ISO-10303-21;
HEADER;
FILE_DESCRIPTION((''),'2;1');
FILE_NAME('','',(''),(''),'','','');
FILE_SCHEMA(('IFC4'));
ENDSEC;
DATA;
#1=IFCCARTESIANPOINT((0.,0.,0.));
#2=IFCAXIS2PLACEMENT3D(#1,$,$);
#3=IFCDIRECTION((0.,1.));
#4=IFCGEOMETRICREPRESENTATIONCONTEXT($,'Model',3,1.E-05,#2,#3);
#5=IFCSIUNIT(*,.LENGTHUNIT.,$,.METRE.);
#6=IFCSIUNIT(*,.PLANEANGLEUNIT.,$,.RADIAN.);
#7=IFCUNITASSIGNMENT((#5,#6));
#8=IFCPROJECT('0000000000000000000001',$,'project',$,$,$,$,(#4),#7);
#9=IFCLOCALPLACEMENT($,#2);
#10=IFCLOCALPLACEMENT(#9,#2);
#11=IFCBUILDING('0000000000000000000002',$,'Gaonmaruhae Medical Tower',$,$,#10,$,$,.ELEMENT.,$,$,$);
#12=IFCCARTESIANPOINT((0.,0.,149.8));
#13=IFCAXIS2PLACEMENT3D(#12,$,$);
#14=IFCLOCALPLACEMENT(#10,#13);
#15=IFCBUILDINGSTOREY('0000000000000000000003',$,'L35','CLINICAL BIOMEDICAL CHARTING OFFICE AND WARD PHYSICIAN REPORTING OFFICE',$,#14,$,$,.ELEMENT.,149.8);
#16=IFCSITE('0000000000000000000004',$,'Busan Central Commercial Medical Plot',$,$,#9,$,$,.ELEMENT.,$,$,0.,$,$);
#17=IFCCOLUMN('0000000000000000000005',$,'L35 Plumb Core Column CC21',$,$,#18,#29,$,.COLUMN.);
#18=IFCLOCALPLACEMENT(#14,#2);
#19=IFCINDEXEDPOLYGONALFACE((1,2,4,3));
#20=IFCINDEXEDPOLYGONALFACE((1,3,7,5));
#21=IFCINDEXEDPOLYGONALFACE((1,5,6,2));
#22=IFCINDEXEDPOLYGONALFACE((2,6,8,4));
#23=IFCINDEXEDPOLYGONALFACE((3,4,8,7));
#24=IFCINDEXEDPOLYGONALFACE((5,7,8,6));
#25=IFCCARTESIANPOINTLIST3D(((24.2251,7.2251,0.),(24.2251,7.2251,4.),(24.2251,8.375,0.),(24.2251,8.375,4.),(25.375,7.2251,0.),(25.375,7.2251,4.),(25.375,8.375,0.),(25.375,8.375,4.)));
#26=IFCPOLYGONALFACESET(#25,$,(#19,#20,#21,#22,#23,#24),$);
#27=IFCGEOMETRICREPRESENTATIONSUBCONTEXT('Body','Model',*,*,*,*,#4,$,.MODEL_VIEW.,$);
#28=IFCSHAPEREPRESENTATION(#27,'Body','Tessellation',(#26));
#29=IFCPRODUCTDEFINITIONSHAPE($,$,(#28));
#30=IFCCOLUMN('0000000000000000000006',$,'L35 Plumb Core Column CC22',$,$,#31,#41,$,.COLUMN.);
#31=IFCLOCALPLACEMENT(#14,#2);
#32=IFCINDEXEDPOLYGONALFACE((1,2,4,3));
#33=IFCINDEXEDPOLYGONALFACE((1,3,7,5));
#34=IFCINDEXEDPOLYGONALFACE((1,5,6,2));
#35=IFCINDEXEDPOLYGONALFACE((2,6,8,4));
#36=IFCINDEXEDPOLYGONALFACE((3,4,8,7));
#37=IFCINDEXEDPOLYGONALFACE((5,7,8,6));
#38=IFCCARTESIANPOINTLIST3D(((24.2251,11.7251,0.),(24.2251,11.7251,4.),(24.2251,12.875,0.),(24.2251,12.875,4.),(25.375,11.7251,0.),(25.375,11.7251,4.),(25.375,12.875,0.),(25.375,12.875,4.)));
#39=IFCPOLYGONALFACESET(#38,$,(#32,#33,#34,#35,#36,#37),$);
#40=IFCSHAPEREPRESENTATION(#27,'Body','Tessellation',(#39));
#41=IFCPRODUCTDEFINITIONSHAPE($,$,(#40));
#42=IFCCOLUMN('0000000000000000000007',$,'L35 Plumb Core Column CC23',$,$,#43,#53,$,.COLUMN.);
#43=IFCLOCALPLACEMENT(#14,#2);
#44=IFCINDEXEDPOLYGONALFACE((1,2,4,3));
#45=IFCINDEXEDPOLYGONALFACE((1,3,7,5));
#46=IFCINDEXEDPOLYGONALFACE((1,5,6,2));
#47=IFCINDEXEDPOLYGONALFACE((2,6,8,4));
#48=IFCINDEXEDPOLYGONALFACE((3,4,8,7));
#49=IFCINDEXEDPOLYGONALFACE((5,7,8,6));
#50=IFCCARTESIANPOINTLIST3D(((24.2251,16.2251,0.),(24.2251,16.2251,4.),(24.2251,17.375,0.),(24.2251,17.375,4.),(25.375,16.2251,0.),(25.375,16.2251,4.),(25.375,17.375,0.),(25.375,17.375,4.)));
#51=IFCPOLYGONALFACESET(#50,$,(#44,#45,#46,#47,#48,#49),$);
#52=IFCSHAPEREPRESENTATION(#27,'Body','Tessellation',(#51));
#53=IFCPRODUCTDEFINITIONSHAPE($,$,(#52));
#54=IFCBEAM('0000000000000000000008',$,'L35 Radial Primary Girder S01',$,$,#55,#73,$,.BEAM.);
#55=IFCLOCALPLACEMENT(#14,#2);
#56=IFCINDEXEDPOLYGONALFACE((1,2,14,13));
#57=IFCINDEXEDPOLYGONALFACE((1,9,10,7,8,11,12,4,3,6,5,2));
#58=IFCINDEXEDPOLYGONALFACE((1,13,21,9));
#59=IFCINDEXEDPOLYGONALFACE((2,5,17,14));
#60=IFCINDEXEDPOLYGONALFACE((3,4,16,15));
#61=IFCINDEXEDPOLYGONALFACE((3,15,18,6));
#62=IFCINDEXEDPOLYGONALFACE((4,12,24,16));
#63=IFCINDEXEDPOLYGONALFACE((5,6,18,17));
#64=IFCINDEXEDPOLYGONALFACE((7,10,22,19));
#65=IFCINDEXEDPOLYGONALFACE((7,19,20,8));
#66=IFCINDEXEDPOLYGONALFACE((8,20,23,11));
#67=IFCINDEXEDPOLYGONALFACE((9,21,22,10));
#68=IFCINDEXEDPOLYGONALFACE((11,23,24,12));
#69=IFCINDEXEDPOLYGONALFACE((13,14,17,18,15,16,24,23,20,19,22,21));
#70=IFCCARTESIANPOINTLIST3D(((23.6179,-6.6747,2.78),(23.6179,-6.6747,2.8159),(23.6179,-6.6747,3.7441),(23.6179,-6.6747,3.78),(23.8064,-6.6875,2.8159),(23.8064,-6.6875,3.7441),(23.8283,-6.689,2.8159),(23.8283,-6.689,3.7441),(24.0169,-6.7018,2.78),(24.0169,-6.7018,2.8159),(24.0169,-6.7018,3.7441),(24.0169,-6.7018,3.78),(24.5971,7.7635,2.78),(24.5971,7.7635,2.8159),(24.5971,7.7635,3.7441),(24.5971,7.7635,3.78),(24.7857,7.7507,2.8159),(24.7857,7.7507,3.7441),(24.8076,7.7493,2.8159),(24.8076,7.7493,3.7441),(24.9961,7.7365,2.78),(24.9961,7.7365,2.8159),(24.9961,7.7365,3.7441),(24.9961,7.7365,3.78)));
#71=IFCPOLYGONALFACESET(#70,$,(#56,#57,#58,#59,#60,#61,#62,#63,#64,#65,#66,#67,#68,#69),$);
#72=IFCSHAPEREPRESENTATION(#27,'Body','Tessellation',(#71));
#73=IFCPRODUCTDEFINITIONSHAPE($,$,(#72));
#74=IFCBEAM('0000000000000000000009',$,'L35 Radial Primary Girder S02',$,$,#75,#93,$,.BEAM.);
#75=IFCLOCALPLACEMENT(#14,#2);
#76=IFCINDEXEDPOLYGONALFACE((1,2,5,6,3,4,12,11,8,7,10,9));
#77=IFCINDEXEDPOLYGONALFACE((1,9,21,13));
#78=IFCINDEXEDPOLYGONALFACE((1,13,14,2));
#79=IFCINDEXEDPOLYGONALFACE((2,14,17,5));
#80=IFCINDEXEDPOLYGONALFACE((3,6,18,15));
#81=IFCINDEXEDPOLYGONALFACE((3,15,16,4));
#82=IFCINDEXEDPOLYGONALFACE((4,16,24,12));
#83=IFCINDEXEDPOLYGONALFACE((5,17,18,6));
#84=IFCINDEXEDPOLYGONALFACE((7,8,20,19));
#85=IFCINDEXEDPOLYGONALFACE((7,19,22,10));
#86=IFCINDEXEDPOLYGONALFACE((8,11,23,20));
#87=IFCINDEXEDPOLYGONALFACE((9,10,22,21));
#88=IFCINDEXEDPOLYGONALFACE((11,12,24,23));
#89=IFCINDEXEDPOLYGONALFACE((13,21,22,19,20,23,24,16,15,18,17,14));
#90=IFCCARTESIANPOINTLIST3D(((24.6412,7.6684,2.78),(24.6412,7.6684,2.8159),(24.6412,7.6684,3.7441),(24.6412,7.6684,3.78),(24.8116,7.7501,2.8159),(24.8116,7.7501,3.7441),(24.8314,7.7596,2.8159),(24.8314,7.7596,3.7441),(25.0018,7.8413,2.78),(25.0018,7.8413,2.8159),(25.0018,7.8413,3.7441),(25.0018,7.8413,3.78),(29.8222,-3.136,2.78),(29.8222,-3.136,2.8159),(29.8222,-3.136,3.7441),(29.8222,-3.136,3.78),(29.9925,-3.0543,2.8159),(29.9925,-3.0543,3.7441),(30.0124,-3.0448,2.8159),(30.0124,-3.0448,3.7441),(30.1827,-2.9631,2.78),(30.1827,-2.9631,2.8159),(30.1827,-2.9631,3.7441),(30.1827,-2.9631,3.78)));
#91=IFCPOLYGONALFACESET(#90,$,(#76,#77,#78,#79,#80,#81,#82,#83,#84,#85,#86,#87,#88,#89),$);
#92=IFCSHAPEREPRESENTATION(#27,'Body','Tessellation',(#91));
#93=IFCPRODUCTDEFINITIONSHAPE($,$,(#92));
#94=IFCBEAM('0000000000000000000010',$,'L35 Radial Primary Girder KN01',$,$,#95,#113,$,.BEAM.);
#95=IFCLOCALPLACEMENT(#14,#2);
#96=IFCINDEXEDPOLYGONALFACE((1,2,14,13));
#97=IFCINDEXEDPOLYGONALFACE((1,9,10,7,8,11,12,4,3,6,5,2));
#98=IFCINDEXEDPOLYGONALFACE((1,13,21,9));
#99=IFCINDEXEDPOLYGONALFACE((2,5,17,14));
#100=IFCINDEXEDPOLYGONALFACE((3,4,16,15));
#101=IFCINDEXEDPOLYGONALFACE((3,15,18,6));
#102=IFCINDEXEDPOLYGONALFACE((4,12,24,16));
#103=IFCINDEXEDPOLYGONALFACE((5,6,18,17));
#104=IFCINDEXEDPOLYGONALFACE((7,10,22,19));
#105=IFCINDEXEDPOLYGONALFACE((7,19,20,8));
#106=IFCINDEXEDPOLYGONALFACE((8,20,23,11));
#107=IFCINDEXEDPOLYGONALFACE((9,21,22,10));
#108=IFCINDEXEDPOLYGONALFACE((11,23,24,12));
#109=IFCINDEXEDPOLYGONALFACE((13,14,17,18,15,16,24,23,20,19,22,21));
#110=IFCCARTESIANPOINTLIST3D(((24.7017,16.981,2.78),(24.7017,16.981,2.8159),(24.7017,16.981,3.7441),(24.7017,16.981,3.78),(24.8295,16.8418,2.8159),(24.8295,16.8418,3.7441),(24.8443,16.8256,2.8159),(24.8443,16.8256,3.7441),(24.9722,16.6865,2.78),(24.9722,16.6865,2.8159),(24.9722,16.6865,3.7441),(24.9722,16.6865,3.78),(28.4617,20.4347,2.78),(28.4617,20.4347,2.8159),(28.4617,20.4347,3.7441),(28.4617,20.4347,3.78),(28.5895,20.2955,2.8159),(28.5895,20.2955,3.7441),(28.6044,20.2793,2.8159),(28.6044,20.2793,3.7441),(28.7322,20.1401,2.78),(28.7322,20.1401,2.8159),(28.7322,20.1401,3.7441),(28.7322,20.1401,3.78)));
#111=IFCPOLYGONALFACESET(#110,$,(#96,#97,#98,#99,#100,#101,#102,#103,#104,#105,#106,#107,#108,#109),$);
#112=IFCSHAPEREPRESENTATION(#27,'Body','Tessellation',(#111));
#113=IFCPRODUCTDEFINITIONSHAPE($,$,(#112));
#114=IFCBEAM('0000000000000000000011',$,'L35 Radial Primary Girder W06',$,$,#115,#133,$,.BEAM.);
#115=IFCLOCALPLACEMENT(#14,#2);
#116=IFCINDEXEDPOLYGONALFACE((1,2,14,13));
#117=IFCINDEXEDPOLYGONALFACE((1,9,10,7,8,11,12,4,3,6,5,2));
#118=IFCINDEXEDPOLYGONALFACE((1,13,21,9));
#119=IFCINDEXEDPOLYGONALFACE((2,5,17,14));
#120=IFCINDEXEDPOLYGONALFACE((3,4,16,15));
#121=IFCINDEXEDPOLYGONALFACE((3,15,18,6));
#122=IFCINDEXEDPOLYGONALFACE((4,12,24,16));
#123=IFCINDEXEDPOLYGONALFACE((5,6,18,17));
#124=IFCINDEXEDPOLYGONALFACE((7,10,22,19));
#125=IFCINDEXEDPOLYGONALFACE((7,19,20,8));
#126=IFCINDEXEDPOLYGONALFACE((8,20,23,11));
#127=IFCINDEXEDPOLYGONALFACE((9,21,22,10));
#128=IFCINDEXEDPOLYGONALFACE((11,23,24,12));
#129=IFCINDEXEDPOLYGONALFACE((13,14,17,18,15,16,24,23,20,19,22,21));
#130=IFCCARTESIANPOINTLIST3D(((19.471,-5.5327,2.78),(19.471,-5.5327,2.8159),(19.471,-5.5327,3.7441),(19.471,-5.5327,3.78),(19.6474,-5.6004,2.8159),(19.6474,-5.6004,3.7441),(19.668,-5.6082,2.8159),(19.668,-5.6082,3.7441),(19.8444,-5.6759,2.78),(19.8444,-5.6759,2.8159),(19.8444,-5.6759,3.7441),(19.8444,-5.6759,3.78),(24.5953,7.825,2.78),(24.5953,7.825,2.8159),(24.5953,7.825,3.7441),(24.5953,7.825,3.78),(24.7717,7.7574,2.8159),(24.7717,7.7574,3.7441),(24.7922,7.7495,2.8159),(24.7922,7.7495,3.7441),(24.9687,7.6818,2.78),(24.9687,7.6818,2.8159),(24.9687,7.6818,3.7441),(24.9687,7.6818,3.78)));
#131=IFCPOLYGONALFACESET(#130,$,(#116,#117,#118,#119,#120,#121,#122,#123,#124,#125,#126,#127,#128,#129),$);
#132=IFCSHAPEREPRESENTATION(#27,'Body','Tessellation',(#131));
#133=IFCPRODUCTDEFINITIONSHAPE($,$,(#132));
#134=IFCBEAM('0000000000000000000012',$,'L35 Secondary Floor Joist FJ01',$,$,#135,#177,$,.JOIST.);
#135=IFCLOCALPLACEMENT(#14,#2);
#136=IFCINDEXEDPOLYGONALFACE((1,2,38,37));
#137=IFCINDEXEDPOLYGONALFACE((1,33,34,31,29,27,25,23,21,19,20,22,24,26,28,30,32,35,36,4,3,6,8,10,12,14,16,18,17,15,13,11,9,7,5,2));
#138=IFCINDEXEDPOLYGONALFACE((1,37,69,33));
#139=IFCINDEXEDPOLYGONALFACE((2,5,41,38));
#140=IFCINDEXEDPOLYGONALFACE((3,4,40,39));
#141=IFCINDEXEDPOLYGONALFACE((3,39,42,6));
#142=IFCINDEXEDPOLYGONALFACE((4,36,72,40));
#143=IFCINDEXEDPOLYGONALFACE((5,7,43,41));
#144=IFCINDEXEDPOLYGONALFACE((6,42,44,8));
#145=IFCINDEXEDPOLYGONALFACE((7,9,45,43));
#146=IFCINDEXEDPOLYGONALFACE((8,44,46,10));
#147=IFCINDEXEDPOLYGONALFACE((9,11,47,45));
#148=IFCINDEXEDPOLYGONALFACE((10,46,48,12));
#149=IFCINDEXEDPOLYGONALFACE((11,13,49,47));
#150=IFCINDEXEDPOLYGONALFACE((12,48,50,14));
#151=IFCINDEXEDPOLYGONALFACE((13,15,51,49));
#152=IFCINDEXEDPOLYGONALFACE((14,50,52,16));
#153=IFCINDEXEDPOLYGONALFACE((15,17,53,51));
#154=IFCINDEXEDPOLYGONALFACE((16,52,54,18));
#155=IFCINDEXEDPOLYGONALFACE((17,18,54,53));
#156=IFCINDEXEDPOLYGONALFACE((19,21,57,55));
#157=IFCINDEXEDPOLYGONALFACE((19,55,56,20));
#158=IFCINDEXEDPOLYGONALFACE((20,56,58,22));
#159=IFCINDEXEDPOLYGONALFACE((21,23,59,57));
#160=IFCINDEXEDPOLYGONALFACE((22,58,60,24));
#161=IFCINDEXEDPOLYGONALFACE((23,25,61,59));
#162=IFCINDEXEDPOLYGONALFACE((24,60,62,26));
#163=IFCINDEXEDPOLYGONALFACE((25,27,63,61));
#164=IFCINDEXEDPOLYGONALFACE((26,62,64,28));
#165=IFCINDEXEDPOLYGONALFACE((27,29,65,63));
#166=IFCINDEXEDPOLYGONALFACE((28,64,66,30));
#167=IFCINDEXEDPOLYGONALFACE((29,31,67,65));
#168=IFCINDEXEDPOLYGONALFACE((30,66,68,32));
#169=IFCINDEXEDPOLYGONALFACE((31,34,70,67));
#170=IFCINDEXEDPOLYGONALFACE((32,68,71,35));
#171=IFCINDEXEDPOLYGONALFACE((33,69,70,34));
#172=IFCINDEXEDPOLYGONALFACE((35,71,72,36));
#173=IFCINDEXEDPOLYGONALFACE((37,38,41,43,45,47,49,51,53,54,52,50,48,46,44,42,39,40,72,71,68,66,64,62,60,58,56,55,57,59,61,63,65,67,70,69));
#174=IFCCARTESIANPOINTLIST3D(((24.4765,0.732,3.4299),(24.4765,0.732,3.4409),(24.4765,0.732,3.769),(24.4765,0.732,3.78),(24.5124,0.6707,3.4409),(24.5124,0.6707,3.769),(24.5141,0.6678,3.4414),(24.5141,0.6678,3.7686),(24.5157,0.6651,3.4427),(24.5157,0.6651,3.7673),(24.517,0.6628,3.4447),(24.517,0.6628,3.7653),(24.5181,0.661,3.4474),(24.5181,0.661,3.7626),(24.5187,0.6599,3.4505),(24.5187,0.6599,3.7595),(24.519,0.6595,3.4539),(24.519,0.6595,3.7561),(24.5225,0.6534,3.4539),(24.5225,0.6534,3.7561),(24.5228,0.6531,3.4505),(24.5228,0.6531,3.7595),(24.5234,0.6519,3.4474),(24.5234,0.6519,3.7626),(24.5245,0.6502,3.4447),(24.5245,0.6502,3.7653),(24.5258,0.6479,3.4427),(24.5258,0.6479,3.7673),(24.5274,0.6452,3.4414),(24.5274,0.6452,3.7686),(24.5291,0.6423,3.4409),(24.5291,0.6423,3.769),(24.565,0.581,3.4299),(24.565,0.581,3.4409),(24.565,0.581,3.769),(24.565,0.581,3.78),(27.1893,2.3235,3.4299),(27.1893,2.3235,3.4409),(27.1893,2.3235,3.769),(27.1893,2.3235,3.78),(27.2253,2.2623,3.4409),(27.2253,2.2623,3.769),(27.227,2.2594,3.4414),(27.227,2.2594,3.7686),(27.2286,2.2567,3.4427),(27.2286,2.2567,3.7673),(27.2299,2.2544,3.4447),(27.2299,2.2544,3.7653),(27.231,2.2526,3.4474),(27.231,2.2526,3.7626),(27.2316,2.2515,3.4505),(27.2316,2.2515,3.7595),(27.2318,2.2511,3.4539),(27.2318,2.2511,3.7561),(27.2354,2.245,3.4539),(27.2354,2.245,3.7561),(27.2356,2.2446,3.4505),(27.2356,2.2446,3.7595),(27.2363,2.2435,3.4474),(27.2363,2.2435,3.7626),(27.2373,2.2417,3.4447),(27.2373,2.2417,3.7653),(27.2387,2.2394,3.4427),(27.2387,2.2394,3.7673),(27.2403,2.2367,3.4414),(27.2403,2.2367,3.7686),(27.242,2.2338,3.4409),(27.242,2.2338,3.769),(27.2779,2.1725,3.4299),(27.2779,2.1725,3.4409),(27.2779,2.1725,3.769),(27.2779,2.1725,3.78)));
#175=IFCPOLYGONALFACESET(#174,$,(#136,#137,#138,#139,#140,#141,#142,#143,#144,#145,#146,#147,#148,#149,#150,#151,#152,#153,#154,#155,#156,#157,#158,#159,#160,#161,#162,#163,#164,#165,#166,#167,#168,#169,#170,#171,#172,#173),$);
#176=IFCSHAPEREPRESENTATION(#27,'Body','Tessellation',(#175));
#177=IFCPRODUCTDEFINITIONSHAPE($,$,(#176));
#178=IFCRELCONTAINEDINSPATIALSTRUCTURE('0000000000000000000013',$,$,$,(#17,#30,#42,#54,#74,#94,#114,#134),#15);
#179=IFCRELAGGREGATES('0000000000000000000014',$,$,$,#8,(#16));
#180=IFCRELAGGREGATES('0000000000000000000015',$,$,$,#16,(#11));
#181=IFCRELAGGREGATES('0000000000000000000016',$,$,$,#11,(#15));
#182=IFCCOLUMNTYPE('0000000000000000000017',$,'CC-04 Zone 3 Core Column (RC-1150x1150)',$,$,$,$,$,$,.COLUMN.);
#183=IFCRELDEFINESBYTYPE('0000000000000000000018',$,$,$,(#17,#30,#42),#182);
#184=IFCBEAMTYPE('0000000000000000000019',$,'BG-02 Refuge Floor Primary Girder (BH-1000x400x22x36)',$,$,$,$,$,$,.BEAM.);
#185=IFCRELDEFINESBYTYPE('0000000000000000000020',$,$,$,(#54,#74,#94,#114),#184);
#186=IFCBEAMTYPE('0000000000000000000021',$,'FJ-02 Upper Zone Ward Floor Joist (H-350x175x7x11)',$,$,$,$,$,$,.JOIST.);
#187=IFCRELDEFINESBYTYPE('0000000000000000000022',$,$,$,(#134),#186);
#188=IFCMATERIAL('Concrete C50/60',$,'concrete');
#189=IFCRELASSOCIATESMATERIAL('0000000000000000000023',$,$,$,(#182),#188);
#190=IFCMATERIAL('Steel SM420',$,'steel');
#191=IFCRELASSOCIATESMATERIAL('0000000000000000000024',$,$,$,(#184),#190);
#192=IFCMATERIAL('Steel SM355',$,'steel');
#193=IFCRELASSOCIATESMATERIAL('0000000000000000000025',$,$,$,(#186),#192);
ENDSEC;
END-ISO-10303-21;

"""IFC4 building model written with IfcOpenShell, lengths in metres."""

from ifc_helpers import new_model, si_unit, direction, frame, origin, origin_2d, place, context, subcontext, project, spatial, rectangle, i_section, extrude, material, material_profile, profile_set, type_object, element, save


model = new_model("IFC4")

# Units and contexts
model_context = context("Model", 3, precision=1e-05, world=origin(), true_north=direction((0.0, 1.0)))
body_context = subcontext(model_context, "Body", "Model", "MODEL_VIEW")
ifc_project = project(units=[si_unit("LENGTHUNIT", "METRE"), si_unit("PLANEANGLEUNIT", "RADIAN")], contexts=[model_context])

# Site, building, storey
site_placement = place(None, origin())
site = spatial("IfcSite", under=ifc_project, at=site_placement, Name="Busan Central Commercial Medical Plot", CompositionType="ELEMENT", RefElevation=0.0)
building_placement = place(site_placement, origin())
building = spatial("IfcBuilding", under=site, at=building_placement, Name="Gaonmaruhae Medical Tower", CompositionType="ELEMENT")
storey_placement = place(building_placement, frame((0.0, 0.0, 149.8)))
storey = spatial("IfcBuildingStorey", under=building, at=storey_placement, Name="L35", Description="CLINICAL BIOMEDICAL CHARTING OFFICE AND WARD PHYSICIAN REPORTING OFFICE", CompositionType="ELEMENT", Elevation=149.8)

# Columns
ifc_material_1 = material(Name="Concrete C50/60", Category="concrete")
ifc_material_profile_1 = material_profile(ifc_material_1, rectangle(XDim=1.1499, YDim=1.1499, at=origin_2d()), Name="RC-1150x1150")
ifc_profile_set_1 = profile_set([ifc_material_profile_1], Name="Concrete C50/60")
column_type = type_object("IfcColumnType", Name="CC-04 Zone 3 Core Column (RC-1150x1150)", PredefinedType="COLUMN", material=ifc_profile_set_1)
for number, where, z_axis, x_axis, name in (
    (1, (24.8, 7.8, 0.0), (0.0, 0.0, 1.0), (1.0, 0.0, 0.0), "L35 Plumb Core Column CC21"),
    (2, (24.8, 12.3, 0.0), (0.0, 0.0, 1.0), (1.0, 0.0, 0.0), "L35 Plumb Core Column CC22"),
    (3, (24.8, 16.8, 0.0), (0.0, 0.0, 1.0), (1.0, 0.0, 0.0), "L35 Plumb Core Column CC23"),
):
    element("IfcColumn", number, at=place(storey_placement, frame(where, z_axis=z_axis, x_axis=x_axis)), inside=storey, type_object=column_type, Name=name, PredefinedType="COLUMN", context=body_context, shape_type="SweptSolid", body=[
        extrude(rectangle(XDim=1.1499, YDim=1.1499, at=origin_2d()), origin(), (0.0, 0.0, 1.0), 4.0),
    ])

# Beams
ifc_material_2 = material(Name="Steel SM420", Category="steel")
ifc_material_profile_2 = material_profile(ifc_material_2, i_section(OverallWidth=0.3999, OverallDepth=1.0, WebThickness=0.022, FlangeThickness=0.0359, at=origin_2d()), Name="BH-1000x400x22x36")
ifc_profile_set_2 = profile_set([ifc_material_profile_2], Name="Steel SM420")
beam_type_1 = type_object("IfcBeamType", Name="BG-02 Refuge Floor Primary Girder (BH-1000x400x22x36)", PredefinedType="BEAM", material=ifc_profile_set_2)
beam_1_placement = place(storey_placement, frame((24.7966, 7.75, 3.28), z_axis=(-0.067668, -0.997708, 0.0), x_axis=(0.997708, -0.067668, 0.0)))
element("IfcBeam", 4, at=beam_1_placement, inside=storey, type_object=beam_type_1, Name="L35 Radial Primary Girder S01", PredefinedType="BEAM", context=body_context, shape_type="SweptSolid", body=[
    extrude(i_section(OverallWidth=0.3999, OverallDepth=1.0, WebThickness=0.022, FlangeThickness=0.0359, at=origin_2d()), origin(), (0.0, 0.0, 1.0), 14.4714),
])
beam_2_placement = place(storey_placement, frame((24.8215, 7.7549, 3.28), z_axis=(0.432377, -0.901693, 0.0), x_axis=(0.901693, 0.432377, 0.0)))
element("IfcBeam", 5, at=beam_2_placement, inside=storey, type_object=beam_type_1, Name="L35 Radial Primary Girder S02", PredefinedType="BEAM", context=body_context, shape_type="SweptSolid", body=[
    extrude(i_section(OverallWidth=0.3999, OverallDepth=1.0, WebThickness=0.022, FlangeThickness=0.0359, at=origin_2d()), origin(), (0.0, 0.0, 1.0), 11.9824),
])
beam_3_placement = place(storey_placement, frame((24.8369, 16.8337, 3.28), z_axis=(0.736477, 0.676463, 0.0), x_axis=(-0.676463, 0.736477, 0.0)))
element("IfcBeam", 6, at=beam_3_placement, inside=storey, type_object=beam_type_1, Name="L35 Radial Primary Girder KN01", PredefinedType="BEAM", context=body_context, shape_type="SweptSolid", body=[
    extrude(i_section(OverallWidth=0.3999, OverallDepth=1.0, WebThickness=0.022, FlangeThickness=0.0359, at=origin_2d()), origin(), (0.0, 0.0, 1.0), 5.1055),
])
beam_4_placement = place(storey_placement, frame((24.782, 7.7534, 3.28), z_axis=(-0.358169, -0.933657, 0.0), x_axis=(0.933657, -0.358169, 0.0)))
element("IfcBeam", 7, at=beam_4_placement, inside=storey, type_object=beam_type_1, Name="L35 Radial Primary Girder W06", PredefinedType="BEAM", context=body_context, shape_type="SweptSolid", body=[
    extrude(i_section(OverallWidth=0.3999, OverallDepth=1.0, WebThickness=0.022, FlangeThickness=0.0359, at=origin_2d()), origin(), (0.0, 0.0, 1.0), 14.3069),
])
ifc_material_3 = material(Name="Steel SM355", Category="steel")
ifc_material_profile_3 = material_profile(ifc_material_3, i_section(OverallWidth=0.175, OverallDepth=0.3501, WebThickness=0.0071, FlangeThickness=0.011, FilletRadius=0.0129, at=origin_2d()), Name="H-350x175x7x11")
ifc_profile_set_3 = profile_set([ifc_material_profile_3], Name="Steel SM355")
beam_type_2 = type_object("IfcBeamType", Name="FJ-02 Upper Zone Ward Floor Joist (H-350x175x7x11)", PredefinedType="JOIST", material=ifc_profile_set_3)
beam_5_placement = place(storey_placement, frame((24.5208, 0.6565, 3.605), z_axis=(0.862526, 0.506012, 0.0), x_axis=(-0.506012, 0.862526, 0.0)))
element("IfcBeam", 8, at=beam_5_placement, inside=storey, type_object=beam_type_2, Name="L35 Secondary Floor Joist FJ01", PredefinedType="JOIST", context=body_context, shape_type="SweptSolid", body=[
    extrude(i_section(OverallWidth=0.175, OverallDepth=0.3501, WebThickness=0.0071, FlangeThickness=0.011, FilletRadius=0.0129, at=origin_2d()), origin(), (0.0, 0.0, 1.0), 3.1453),
])

save(model, "model.ifc")
